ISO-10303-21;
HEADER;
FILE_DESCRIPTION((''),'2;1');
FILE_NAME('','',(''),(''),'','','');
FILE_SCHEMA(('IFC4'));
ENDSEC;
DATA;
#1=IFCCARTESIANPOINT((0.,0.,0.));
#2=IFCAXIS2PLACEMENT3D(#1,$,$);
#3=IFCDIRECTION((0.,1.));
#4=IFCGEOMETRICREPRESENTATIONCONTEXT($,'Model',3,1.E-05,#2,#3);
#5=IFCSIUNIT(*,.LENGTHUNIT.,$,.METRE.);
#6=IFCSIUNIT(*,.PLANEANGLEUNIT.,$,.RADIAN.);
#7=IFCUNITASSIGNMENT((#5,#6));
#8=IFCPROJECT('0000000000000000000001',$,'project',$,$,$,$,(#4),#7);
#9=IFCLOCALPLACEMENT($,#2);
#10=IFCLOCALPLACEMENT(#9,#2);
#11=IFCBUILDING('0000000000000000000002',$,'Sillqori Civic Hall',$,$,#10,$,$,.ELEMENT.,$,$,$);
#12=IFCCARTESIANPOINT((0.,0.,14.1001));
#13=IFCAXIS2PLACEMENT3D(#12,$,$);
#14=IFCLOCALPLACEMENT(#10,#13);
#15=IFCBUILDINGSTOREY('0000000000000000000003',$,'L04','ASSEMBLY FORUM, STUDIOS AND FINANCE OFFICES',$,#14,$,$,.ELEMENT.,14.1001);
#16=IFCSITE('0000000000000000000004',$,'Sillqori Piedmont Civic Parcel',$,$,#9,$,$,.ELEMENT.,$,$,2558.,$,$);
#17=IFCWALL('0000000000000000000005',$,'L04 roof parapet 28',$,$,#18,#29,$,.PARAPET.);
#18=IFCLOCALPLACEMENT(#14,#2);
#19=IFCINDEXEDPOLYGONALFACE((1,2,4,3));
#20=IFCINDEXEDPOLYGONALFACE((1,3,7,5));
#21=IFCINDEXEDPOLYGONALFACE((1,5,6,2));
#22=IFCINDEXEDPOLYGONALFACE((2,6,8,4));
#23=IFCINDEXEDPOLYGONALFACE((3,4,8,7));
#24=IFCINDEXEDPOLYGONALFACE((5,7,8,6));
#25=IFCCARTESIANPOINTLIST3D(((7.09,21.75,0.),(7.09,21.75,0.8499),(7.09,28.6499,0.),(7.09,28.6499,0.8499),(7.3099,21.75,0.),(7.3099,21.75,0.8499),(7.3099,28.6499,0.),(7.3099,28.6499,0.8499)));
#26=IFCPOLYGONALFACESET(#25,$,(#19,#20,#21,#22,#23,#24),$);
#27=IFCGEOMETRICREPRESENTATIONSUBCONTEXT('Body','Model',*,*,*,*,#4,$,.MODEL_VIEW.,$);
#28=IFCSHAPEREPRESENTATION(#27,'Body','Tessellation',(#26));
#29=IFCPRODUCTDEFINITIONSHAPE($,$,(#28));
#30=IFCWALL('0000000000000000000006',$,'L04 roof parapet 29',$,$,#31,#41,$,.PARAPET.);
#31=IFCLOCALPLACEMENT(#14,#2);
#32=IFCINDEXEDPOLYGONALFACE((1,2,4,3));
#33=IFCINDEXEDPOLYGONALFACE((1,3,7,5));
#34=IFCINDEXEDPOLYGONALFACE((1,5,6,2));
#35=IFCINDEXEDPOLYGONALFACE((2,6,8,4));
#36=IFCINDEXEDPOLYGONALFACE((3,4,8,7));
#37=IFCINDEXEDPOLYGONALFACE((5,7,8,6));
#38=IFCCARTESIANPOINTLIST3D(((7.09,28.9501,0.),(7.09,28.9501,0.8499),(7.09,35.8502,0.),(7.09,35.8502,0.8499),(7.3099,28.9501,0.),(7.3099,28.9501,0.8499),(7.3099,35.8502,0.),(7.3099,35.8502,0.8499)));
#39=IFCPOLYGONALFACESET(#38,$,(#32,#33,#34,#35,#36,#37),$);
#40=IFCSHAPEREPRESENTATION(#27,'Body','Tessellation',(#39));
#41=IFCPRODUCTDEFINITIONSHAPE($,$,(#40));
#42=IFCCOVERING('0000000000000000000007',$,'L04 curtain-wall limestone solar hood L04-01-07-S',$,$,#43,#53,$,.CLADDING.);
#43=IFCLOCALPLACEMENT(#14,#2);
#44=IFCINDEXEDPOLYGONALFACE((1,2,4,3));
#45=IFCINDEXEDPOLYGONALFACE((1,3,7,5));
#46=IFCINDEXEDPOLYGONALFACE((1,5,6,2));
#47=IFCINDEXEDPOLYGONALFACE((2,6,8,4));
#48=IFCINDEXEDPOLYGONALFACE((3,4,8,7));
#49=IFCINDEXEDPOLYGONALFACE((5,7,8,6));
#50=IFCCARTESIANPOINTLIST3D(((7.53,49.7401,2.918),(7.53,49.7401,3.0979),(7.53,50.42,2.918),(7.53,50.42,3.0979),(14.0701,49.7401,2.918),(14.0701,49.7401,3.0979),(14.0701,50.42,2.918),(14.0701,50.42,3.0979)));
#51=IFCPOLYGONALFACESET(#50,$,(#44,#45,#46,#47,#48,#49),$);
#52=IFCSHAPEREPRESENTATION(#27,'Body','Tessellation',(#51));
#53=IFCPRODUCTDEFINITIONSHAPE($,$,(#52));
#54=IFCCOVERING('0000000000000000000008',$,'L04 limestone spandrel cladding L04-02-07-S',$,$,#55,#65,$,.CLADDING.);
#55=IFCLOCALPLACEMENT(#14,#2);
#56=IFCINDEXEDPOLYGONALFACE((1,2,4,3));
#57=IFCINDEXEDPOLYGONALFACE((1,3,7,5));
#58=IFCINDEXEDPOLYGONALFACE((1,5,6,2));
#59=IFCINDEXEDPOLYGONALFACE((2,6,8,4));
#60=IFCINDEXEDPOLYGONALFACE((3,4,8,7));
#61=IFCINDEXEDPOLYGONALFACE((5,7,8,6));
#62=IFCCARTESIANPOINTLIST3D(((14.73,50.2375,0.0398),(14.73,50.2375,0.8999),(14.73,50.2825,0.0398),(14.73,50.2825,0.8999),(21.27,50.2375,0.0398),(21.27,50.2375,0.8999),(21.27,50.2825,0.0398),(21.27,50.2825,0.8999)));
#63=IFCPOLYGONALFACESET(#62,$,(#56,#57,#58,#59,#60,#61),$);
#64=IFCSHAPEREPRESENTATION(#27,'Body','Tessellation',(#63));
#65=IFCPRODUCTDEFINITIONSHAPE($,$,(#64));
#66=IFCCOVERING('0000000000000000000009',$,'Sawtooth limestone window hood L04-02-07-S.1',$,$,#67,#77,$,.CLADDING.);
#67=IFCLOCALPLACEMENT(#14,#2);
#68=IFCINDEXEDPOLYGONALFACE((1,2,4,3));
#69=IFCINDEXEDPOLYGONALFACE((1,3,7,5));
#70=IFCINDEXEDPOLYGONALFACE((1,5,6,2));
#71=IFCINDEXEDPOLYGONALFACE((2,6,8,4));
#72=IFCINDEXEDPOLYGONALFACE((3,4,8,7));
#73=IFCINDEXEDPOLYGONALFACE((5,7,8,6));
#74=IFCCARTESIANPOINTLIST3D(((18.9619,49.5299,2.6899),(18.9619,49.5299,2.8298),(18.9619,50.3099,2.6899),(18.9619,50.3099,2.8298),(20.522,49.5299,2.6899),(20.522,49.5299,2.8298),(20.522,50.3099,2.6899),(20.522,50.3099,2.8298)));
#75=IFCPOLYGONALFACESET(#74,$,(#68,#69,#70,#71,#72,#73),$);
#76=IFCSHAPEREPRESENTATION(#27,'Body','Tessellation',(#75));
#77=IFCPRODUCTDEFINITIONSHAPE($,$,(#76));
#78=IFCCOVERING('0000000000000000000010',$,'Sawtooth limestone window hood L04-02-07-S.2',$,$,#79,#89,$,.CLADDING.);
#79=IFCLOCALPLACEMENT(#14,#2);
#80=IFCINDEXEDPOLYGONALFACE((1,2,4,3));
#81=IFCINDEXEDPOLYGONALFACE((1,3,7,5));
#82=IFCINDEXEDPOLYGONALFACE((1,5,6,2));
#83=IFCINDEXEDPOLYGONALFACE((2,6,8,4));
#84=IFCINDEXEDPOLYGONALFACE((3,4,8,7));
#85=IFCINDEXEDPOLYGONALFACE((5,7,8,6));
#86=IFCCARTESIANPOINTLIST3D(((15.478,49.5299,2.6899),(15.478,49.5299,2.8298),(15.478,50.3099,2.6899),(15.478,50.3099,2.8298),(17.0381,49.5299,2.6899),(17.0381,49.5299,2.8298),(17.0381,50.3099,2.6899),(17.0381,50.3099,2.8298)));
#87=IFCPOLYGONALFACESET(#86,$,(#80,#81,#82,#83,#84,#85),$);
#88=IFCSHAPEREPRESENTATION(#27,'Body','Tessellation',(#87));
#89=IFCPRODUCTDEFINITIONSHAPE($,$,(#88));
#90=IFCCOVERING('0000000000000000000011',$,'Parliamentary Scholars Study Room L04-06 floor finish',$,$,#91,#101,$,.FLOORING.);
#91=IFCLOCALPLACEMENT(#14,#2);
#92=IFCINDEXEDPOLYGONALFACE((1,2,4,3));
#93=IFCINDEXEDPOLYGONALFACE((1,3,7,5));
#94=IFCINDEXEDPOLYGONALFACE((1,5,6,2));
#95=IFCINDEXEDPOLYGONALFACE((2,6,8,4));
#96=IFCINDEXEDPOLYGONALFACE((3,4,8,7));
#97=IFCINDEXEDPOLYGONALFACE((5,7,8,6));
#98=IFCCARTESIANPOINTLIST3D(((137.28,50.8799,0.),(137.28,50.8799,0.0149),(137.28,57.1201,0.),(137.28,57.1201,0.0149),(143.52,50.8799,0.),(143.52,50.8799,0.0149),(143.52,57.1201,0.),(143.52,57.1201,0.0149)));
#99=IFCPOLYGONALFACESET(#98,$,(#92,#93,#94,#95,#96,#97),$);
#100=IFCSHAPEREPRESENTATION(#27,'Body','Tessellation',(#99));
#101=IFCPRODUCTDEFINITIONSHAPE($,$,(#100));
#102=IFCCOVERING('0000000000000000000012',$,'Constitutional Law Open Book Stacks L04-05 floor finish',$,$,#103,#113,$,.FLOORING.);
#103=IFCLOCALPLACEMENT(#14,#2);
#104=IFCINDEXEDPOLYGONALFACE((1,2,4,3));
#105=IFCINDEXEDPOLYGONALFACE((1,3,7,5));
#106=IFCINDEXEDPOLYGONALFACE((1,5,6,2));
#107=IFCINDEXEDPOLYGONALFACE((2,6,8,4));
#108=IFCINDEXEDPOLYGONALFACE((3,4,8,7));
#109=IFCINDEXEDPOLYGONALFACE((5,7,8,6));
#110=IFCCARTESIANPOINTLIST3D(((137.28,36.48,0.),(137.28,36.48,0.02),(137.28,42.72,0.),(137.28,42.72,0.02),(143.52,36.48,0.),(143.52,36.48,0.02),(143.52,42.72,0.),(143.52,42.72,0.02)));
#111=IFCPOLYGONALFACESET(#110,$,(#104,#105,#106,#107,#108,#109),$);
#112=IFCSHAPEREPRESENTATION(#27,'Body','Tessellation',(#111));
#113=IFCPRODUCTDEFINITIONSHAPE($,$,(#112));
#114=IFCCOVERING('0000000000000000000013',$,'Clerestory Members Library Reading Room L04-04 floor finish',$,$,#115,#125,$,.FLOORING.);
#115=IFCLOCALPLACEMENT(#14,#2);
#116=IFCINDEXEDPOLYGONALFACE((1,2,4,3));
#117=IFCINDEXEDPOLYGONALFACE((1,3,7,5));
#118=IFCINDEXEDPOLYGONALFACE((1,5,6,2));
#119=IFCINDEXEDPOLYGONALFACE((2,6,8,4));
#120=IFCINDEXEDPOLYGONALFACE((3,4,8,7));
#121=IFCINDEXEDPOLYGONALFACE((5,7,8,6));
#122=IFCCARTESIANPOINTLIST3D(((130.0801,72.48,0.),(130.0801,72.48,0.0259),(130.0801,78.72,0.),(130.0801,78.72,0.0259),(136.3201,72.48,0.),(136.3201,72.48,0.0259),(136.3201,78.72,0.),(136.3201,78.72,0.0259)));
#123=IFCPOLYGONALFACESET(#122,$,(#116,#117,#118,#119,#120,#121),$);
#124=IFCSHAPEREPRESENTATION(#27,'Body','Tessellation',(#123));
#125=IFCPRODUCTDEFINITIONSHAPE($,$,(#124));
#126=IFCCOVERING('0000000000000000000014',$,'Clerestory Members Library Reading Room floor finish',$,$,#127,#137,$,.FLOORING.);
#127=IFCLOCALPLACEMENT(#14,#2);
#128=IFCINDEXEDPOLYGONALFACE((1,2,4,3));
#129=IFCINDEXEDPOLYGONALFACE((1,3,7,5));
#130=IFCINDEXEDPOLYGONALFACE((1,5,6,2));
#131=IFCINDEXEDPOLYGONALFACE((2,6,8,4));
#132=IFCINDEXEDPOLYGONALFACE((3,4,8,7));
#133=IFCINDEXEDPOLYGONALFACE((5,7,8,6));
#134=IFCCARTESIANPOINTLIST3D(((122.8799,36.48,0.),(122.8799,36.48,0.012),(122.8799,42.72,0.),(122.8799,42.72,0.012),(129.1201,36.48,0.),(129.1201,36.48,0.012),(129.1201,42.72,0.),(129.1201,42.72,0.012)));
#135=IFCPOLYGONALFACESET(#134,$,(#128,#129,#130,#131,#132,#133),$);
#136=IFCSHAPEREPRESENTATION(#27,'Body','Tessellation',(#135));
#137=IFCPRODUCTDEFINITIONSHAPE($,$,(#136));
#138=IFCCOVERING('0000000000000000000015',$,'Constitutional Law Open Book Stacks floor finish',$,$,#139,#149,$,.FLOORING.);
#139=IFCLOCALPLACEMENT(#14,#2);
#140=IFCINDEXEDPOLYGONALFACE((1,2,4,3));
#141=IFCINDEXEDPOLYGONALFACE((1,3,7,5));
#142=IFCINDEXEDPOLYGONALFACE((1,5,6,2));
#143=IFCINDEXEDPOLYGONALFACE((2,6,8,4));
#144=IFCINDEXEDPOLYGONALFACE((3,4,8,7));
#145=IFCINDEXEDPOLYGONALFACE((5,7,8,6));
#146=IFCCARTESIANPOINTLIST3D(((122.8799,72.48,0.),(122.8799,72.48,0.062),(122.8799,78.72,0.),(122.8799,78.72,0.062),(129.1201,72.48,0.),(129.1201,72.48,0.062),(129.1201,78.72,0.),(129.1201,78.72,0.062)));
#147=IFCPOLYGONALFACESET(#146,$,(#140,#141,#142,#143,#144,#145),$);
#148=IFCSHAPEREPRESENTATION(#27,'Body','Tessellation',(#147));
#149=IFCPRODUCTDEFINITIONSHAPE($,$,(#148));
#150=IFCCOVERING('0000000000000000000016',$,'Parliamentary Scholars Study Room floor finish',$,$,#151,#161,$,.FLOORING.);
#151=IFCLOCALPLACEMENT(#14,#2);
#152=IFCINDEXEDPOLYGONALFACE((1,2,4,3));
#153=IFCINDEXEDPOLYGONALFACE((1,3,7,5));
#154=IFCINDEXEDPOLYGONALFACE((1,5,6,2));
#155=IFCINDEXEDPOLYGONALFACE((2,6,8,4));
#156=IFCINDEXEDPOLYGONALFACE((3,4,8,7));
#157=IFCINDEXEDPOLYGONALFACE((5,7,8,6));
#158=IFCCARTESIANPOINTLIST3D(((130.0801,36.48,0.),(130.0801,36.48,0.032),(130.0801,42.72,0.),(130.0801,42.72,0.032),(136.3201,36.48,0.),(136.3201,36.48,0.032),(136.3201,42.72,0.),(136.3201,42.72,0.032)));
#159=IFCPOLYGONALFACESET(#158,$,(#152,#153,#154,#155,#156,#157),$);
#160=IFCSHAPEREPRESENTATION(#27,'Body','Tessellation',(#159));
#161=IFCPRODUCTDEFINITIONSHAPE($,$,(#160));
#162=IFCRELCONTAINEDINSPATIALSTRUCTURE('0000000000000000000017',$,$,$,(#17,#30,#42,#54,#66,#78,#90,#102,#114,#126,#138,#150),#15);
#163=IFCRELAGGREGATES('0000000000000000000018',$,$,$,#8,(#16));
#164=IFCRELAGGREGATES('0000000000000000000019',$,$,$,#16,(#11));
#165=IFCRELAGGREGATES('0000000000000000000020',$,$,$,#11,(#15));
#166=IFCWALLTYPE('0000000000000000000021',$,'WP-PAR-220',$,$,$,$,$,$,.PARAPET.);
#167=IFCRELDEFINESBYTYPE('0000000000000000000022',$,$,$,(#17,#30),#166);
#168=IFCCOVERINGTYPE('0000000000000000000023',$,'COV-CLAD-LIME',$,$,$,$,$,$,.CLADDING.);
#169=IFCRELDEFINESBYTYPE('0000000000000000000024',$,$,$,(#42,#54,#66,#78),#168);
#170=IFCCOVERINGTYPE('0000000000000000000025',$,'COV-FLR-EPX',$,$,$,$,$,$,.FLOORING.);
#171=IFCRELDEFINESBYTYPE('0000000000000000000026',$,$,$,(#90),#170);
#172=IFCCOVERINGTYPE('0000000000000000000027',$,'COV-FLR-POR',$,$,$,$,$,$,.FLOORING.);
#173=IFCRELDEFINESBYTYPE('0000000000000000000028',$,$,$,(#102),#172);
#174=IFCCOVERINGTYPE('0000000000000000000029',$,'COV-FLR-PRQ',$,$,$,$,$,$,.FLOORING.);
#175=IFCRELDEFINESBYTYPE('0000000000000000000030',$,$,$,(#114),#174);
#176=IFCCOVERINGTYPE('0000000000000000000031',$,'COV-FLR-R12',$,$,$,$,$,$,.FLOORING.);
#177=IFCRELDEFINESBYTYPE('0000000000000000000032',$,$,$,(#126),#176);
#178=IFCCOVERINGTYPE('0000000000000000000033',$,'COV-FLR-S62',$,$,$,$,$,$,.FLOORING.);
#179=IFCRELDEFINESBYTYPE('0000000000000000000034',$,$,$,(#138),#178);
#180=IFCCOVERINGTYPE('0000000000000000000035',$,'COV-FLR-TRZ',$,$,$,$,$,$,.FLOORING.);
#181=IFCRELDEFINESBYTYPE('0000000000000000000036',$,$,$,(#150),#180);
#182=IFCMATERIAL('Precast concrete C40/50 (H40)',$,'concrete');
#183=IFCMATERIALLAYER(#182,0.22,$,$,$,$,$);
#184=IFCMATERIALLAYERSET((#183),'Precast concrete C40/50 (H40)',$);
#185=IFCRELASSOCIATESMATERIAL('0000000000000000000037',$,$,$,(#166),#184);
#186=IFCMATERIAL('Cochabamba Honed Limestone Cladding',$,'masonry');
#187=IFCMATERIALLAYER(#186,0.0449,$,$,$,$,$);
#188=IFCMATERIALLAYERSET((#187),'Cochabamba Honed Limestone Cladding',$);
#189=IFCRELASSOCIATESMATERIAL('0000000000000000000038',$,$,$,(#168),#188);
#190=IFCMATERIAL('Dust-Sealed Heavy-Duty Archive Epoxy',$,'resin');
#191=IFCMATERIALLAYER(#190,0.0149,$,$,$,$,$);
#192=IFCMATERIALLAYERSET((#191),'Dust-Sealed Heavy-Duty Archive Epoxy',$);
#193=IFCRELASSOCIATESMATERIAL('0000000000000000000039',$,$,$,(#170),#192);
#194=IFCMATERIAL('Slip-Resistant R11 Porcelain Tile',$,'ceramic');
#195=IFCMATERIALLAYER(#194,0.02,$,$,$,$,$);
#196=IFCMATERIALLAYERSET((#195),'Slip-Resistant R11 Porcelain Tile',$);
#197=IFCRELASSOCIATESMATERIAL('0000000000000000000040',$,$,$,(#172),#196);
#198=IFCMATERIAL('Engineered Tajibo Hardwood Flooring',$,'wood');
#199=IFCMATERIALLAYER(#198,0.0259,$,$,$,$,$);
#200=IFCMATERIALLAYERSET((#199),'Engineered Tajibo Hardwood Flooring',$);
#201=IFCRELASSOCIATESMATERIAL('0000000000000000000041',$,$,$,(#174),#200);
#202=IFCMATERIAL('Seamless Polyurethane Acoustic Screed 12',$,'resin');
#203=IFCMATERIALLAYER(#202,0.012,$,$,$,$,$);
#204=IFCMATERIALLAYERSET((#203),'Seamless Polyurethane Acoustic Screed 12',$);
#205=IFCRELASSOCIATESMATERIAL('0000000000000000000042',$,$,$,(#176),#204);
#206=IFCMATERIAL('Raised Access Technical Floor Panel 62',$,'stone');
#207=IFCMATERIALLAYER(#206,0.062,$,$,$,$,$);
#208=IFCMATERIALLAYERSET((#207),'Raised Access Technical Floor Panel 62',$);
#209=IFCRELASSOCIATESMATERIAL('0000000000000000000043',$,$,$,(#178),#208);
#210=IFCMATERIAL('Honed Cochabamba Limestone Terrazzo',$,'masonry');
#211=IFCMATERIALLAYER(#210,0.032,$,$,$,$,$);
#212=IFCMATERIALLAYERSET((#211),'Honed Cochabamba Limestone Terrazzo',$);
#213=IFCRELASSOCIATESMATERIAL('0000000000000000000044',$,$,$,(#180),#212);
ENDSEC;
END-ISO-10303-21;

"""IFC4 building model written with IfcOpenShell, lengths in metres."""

from ifc_helpers import new_model, si_unit, direction, frame, frame_2d, origin, place, context, subcontext, project, spatial, polyline, rectangle, outline, extrude, material, layer, layer_set, type_object, element, save


model = new_model("IFC4")

# Units and contexts
model_context = context("Model", 3, precision=1e-05, world=origin(), true_north=direction((0.0, 1.0)))
body_context = subcontext(model_context, "Body", "Model", "MODEL_VIEW")
ifc_project = project(units=[si_unit("LENGTHUNIT", "METRE"), si_unit("PLANEANGLEUNIT", "RADIAN")], contexts=[model_context])

# Site, building, storey
site_placement = place(None, origin())
site = spatial("IfcSite", under=ifc_project, at=site_placement, Name="Sillqori Piedmont Civic Parcel", CompositionType="ELEMENT", RefElevation=2558.0)
building_placement = place(site_placement, origin())
building = spatial("IfcBuilding", under=site, at=building_placement, Name="Sillqori Civic Hall", CompositionType="ELEMENT")
storey_placement = place(building_placement, frame((0.0, 0.0, 14.1001)))
storey = spatial("IfcBuildingStorey", under=building, at=storey_placement, Name="L04", Description="ASSEMBLY FORUM, STUDIOS AND FINANCE OFFICES", CompositionType="ELEMENT", Elevation=14.1001)

# Shared definitions
ifc_material_1 = material(Name="Precast concrete C40/50 (H40)", Category="concrete")

# Walls
ifc_layer_1 = layer(ifc_material_1, 0.22)
ifc_layer_set_1 = layer_set([ifc_layer_1], Name="Precast concrete C40/50 (H40)")
wall_type = type_object("IfcWallType", Name="WP-PAR-220", PredefinedType="PARAPET", material=ifc_layer_set_1)
for number, where, z_axis, x_axis, name in (
    (1, (7.2, 21.75, 0.0), (0.0, 0.0, 1.0), (0.0, 1.0, 0.0), "L04 roof parapet 28"),
):
    element("IfcWall", number, at=place(storey_placement, frame(where, z_axis=z_axis, x_axis=x_axis)), inside=storey, type_object=wall_type, Name=name, PredefinedType="PARAPET", context=body_context, shape_type="SweptSolid", body=[
        extrude(rectangle(XDim=6.8999, YDim=0.22, at=frame_2d((3.45, 0.0))), origin(), (0.0, 0.0, 1.0), 0.8499),
    ])
wall_1_placement = place(storey_placement, frame((7.2, 28.95, 0.0), z_axis=(0.0, 0.0, 1.0), x_axis=(0.0, 1.0, 0.0)))
element("IfcWall", 2, at=wall_1_placement, inside=storey, type_object=wall_type, Name="L04 roof parapet 29", PredefinedType="PARAPET", context=body_context, shape_type="SweptSolid", body=[
    extrude(rectangle(XDim=6.9001, YDim=0.22, at=frame_2d((3.4502, 0.0))), origin(), (0.0, 0.0, 1.0), 0.8499),
])

# Coverings
ifc_material_2 = material(Name="Cochabamba Honed Limestone Cladding", Category="masonry")
ifc_layer_2 = layer(ifc_material_2, 0.0449)
ifc_layer_set_2 = layer_set([ifc_layer_2], Name="Cochabamba Honed Limestone Cladding")
covering_type_1 = type_object("IfcCoveringType", Name="COV-CLAD-LIME", PredefinedType="CLADDING", material=ifc_layer_set_2)
covering_1_placement = place(storey_placement, frame((14.0701, 50.0801, 2.918), z_axis=(0.0, 0.0, 1.0), x_axis=(-1.0, 0.0, 0.0)))
element("IfcCovering", 3, at=covering_1_placement, inside=storey, type_object=covering_type_1, Name="L04 curtain-wall limestone solar hood L04-01-07-S", PredefinedType="CLADDING", context=body_context, shape_type="SweptSolid", body=[
    extrude(rectangle(XDim=6.54, YDim=0.6799, at=frame_2d((3.27, 0.0))), origin(), (0.0, 0.0, 1.0), 0.1799),
])
covering_2_placement = place(storey_placement, frame((21.27, 50.26, 0.0398), z_axis=(0.0, 0.0, 1.0), x_axis=(-1.0, 0.0, 0.0)))
element("IfcCovering", 4, at=covering_2_placement, inside=storey, type_object=covering_type_1, Name="L04 limestone spandrel cladding L04-02-07-S", PredefinedType="CLADDING", context=body_context, shape_type="SweptSolid", body=[
    extrude(rectangle(XDim=6.54, YDim=0.0449, at=frame_2d((3.27, 0.0))), origin(), (0.0, 0.0, 1.0), 0.8601),
])
for number, where, z_axis, x_axis, name in (
    (5, (20.522, 49.9199, 2.6899), (0.0, 0.0, 1.0), (-1.0, 0.0, 0.0), "Sawtooth limestone window hood L04-02-07-S.1"),
    (6, (17.0381, 49.9199, 2.6899), (0.0, 0.0, 1.0), (-1.0, 0.0, 0.0), "Sawtooth limestone window hood L04-02-07-S.2"),
):
    element("IfcCovering", number, at=place(storey_placement, frame(where, z_axis=z_axis, x_axis=x_axis)), inside=storey, type_object=covering_type_1, Name=name, PredefinedType="CLADDING", context=body_context, shape_type="SweptSolid", body=[
        extrude(rectangle(XDim=1.5601, YDim=0.78, at=frame_2d((0.78, 0.0))), origin(), (0.0, 0.0, 1.0), 0.1399),
    ])
ifc_material_3 = material(Name="Dust-Sealed Heavy-Duty Archive Epoxy", Category="resin")
ifc_layer_3 = layer(ifc_material_3, 0.0149)
ifc_layer_set_3 = layer_set([ifc_layer_3], Name="Dust-Sealed Heavy-Duty Archive Epoxy")
covering_type_2 = type_object("IfcCoveringType", Name="COV-FLR-EPX", PredefinedType="FLOORING", material=ifc_layer_set_3)
covering_3_placement = place(storey_placement, origin())
element("IfcCovering", 7, at=covering_3_placement, inside=storey, type_object=covering_type_2, Name="Parliamentary Scholars Study Room L04-06 floor finish", PredefinedType="FLOORING", context=body_context, shape_type="SweptSolid", body=[
    extrude(outline(polyline([(137.28, 50.8799), (143.52, 50.8799), (143.52, 57.1201), (137.28, 57.1201), (137.28, 50.8799)])), origin(), (0.0, 0.0, 1.0), 0.0149),
])
ifc_material_4 = material(Name="Slip-Resistant R11 Porcelain Tile", Category="ceramic")
ifc_layer_4 = layer(ifc_material_4, 0.02)
ifc_layer_set_4 = layer_set([ifc_layer_4], Name="Slip-Resistant R11 Porcelain Tile")
covering_type_3 = type_object("IfcCoveringType", Name="COV-FLR-POR", PredefinedType="FLOORING", material=ifc_layer_set_4)
covering_4_placement = place(storey_placement, origin())
element("IfcCovering", 8, at=covering_4_placement, inside=storey, type_object=covering_type_3, Name="Constitutional Law Open Book Stacks L04-05 floor finish", PredefinedType="FLOORING", context=body_context, shape_type="SweptSolid", body=[
    extrude(outline(polyline([(137.28, 36.48), (143.52, 36.48), (143.52, 42.72), (137.28, 42.72), (137.28, 36.48)])), origin(), (0.0, 0.0, 1.0), 0.02),
])
ifc_material_5 = material(Name="Engineered Tajibo Hardwood Flooring", Category="wood")
ifc_layer_5 = layer(ifc_material_5, 0.0259)
ifc_layer_set_5 = layer_set([ifc_layer_5], Name="Engineered Tajibo Hardwood Flooring")
covering_type_4 = type_object("IfcCoveringType", Name="COV-FLR-PRQ", PredefinedType="FLOORING", material=ifc_layer_set_5)
covering_5_placement = place(storey_placement, origin())
element("IfcCovering", 9, at=covering_5_placement, inside=storey, type_object=covering_type_4, Name="Clerestory Members Library Reading Room L04-04 floor finish", PredefinedType="FLOORING", context=body_context, shape_type="SweptSolid", body=[
    extrude(outline(polyline([(130.0801, 72.48), (136.3201, 72.48), (136.3201, 78.72), (130.0801, 78.72), (130.0801, 72.48)])), origin(), (0.0, 0.0, 1.0), 0.0259),
])
ifc_material_6 = material(Name="Seamless Polyurethane Acoustic Screed 12", Category="resin")
ifc_layer_6 = layer(ifc_material_6, 0.012)
ifc_layer_set_6 = layer_set([ifc_layer_6], Name="Seamless Polyurethane Acoustic Screed 12")
covering_type_5 = type_object("IfcCoveringType", Name="COV-FLR-R12", PredefinedType="FLOORING", material=ifc_layer_set_6)
covering_6_placement = place(storey_placement, origin())
element("IfcCovering", 10, at=covering_6_placement, inside=storey, type_object=covering_type_5, Name="Clerestory Members Library Reading Room floor finish", PredefinedType="FLOORING", context=body_context, shape_type="SweptSolid", body=[
    extrude(outline(polyline([(122.8799, 36.48), (129.1201, 36.48), (129.1201, 42.72), (122.8799, 42.72), (122.8799, 36.48)])), origin(), (0.0, 0.0, 1.0), 0.012),
])
ifc_material_7 = material(Name="Raised Access Technical Floor Panel 62", Category="stone")
ifc_layer_7 = layer(ifc_material_7, 0.062)
ifc_layer_set_7 = layer_set([ifc_layer_7], Name="Raised Access Technical Floor Panel 62")
covering_type_6 = type_object("IfcCoveringType", Name="COV-FLR-S62", PredefinedType="FLOORING", material=ifc_layer_set_7)
covering_7_placement = place(storey_placement, origin())
element("IfcCovering", 11, at=covering_7_placement, inside=storey, type_object=covering_type_6, Name="Constitutional Law Open Book Stacks floor finish", PredefinedType="FLOORING", context=body_context, shape_type="SweptSolid", body=[
    extrude(outline(polyline([(122.8799, 72.48), (129.1201, 72.48), (129.1201, 78.72), (122.8799, 78.72), (122.8799, 72.48)])), origin(), (0.0, 0.0, 1.0), 0.062),
])
ifc_material_8 = material(Name="Honed Cochabamba Limestone Terrazzo", Category="masonry")
ifc_layer_8 = layer(ifc_material_8, 0.032)
ifc_layer_set_8 = layer_set([ifc_layer_8], Name="Honed Cochabamba Limestone Terrazzo")
covering_type_7 = type_object("IfcCoveringType", Name="COV-FLR-TRZ", PredefinedType="FLOORING", material=ifc_layer_set_8)
covering_8_placement = place(storey_placement, origin())
element("IfcCovering", 12, at=covering_8_placement, inside=storey, type_object=covering_type_7, Name="Parliamentary Scholars Study Room floor finish", PredefinedType="FLOORING", context=body_context, shape_type="SweptSolid", body=[
    extrude(outline(polyline([(130.0801, 36.48), (136.3201, 36.48), (136.3201, 42.72), (130.0801, 42.72), (130.0801, 36.48)])), origin(), (0.0, 0.0, 1.0), 0.032),
])

save(model, "model.ifc")
